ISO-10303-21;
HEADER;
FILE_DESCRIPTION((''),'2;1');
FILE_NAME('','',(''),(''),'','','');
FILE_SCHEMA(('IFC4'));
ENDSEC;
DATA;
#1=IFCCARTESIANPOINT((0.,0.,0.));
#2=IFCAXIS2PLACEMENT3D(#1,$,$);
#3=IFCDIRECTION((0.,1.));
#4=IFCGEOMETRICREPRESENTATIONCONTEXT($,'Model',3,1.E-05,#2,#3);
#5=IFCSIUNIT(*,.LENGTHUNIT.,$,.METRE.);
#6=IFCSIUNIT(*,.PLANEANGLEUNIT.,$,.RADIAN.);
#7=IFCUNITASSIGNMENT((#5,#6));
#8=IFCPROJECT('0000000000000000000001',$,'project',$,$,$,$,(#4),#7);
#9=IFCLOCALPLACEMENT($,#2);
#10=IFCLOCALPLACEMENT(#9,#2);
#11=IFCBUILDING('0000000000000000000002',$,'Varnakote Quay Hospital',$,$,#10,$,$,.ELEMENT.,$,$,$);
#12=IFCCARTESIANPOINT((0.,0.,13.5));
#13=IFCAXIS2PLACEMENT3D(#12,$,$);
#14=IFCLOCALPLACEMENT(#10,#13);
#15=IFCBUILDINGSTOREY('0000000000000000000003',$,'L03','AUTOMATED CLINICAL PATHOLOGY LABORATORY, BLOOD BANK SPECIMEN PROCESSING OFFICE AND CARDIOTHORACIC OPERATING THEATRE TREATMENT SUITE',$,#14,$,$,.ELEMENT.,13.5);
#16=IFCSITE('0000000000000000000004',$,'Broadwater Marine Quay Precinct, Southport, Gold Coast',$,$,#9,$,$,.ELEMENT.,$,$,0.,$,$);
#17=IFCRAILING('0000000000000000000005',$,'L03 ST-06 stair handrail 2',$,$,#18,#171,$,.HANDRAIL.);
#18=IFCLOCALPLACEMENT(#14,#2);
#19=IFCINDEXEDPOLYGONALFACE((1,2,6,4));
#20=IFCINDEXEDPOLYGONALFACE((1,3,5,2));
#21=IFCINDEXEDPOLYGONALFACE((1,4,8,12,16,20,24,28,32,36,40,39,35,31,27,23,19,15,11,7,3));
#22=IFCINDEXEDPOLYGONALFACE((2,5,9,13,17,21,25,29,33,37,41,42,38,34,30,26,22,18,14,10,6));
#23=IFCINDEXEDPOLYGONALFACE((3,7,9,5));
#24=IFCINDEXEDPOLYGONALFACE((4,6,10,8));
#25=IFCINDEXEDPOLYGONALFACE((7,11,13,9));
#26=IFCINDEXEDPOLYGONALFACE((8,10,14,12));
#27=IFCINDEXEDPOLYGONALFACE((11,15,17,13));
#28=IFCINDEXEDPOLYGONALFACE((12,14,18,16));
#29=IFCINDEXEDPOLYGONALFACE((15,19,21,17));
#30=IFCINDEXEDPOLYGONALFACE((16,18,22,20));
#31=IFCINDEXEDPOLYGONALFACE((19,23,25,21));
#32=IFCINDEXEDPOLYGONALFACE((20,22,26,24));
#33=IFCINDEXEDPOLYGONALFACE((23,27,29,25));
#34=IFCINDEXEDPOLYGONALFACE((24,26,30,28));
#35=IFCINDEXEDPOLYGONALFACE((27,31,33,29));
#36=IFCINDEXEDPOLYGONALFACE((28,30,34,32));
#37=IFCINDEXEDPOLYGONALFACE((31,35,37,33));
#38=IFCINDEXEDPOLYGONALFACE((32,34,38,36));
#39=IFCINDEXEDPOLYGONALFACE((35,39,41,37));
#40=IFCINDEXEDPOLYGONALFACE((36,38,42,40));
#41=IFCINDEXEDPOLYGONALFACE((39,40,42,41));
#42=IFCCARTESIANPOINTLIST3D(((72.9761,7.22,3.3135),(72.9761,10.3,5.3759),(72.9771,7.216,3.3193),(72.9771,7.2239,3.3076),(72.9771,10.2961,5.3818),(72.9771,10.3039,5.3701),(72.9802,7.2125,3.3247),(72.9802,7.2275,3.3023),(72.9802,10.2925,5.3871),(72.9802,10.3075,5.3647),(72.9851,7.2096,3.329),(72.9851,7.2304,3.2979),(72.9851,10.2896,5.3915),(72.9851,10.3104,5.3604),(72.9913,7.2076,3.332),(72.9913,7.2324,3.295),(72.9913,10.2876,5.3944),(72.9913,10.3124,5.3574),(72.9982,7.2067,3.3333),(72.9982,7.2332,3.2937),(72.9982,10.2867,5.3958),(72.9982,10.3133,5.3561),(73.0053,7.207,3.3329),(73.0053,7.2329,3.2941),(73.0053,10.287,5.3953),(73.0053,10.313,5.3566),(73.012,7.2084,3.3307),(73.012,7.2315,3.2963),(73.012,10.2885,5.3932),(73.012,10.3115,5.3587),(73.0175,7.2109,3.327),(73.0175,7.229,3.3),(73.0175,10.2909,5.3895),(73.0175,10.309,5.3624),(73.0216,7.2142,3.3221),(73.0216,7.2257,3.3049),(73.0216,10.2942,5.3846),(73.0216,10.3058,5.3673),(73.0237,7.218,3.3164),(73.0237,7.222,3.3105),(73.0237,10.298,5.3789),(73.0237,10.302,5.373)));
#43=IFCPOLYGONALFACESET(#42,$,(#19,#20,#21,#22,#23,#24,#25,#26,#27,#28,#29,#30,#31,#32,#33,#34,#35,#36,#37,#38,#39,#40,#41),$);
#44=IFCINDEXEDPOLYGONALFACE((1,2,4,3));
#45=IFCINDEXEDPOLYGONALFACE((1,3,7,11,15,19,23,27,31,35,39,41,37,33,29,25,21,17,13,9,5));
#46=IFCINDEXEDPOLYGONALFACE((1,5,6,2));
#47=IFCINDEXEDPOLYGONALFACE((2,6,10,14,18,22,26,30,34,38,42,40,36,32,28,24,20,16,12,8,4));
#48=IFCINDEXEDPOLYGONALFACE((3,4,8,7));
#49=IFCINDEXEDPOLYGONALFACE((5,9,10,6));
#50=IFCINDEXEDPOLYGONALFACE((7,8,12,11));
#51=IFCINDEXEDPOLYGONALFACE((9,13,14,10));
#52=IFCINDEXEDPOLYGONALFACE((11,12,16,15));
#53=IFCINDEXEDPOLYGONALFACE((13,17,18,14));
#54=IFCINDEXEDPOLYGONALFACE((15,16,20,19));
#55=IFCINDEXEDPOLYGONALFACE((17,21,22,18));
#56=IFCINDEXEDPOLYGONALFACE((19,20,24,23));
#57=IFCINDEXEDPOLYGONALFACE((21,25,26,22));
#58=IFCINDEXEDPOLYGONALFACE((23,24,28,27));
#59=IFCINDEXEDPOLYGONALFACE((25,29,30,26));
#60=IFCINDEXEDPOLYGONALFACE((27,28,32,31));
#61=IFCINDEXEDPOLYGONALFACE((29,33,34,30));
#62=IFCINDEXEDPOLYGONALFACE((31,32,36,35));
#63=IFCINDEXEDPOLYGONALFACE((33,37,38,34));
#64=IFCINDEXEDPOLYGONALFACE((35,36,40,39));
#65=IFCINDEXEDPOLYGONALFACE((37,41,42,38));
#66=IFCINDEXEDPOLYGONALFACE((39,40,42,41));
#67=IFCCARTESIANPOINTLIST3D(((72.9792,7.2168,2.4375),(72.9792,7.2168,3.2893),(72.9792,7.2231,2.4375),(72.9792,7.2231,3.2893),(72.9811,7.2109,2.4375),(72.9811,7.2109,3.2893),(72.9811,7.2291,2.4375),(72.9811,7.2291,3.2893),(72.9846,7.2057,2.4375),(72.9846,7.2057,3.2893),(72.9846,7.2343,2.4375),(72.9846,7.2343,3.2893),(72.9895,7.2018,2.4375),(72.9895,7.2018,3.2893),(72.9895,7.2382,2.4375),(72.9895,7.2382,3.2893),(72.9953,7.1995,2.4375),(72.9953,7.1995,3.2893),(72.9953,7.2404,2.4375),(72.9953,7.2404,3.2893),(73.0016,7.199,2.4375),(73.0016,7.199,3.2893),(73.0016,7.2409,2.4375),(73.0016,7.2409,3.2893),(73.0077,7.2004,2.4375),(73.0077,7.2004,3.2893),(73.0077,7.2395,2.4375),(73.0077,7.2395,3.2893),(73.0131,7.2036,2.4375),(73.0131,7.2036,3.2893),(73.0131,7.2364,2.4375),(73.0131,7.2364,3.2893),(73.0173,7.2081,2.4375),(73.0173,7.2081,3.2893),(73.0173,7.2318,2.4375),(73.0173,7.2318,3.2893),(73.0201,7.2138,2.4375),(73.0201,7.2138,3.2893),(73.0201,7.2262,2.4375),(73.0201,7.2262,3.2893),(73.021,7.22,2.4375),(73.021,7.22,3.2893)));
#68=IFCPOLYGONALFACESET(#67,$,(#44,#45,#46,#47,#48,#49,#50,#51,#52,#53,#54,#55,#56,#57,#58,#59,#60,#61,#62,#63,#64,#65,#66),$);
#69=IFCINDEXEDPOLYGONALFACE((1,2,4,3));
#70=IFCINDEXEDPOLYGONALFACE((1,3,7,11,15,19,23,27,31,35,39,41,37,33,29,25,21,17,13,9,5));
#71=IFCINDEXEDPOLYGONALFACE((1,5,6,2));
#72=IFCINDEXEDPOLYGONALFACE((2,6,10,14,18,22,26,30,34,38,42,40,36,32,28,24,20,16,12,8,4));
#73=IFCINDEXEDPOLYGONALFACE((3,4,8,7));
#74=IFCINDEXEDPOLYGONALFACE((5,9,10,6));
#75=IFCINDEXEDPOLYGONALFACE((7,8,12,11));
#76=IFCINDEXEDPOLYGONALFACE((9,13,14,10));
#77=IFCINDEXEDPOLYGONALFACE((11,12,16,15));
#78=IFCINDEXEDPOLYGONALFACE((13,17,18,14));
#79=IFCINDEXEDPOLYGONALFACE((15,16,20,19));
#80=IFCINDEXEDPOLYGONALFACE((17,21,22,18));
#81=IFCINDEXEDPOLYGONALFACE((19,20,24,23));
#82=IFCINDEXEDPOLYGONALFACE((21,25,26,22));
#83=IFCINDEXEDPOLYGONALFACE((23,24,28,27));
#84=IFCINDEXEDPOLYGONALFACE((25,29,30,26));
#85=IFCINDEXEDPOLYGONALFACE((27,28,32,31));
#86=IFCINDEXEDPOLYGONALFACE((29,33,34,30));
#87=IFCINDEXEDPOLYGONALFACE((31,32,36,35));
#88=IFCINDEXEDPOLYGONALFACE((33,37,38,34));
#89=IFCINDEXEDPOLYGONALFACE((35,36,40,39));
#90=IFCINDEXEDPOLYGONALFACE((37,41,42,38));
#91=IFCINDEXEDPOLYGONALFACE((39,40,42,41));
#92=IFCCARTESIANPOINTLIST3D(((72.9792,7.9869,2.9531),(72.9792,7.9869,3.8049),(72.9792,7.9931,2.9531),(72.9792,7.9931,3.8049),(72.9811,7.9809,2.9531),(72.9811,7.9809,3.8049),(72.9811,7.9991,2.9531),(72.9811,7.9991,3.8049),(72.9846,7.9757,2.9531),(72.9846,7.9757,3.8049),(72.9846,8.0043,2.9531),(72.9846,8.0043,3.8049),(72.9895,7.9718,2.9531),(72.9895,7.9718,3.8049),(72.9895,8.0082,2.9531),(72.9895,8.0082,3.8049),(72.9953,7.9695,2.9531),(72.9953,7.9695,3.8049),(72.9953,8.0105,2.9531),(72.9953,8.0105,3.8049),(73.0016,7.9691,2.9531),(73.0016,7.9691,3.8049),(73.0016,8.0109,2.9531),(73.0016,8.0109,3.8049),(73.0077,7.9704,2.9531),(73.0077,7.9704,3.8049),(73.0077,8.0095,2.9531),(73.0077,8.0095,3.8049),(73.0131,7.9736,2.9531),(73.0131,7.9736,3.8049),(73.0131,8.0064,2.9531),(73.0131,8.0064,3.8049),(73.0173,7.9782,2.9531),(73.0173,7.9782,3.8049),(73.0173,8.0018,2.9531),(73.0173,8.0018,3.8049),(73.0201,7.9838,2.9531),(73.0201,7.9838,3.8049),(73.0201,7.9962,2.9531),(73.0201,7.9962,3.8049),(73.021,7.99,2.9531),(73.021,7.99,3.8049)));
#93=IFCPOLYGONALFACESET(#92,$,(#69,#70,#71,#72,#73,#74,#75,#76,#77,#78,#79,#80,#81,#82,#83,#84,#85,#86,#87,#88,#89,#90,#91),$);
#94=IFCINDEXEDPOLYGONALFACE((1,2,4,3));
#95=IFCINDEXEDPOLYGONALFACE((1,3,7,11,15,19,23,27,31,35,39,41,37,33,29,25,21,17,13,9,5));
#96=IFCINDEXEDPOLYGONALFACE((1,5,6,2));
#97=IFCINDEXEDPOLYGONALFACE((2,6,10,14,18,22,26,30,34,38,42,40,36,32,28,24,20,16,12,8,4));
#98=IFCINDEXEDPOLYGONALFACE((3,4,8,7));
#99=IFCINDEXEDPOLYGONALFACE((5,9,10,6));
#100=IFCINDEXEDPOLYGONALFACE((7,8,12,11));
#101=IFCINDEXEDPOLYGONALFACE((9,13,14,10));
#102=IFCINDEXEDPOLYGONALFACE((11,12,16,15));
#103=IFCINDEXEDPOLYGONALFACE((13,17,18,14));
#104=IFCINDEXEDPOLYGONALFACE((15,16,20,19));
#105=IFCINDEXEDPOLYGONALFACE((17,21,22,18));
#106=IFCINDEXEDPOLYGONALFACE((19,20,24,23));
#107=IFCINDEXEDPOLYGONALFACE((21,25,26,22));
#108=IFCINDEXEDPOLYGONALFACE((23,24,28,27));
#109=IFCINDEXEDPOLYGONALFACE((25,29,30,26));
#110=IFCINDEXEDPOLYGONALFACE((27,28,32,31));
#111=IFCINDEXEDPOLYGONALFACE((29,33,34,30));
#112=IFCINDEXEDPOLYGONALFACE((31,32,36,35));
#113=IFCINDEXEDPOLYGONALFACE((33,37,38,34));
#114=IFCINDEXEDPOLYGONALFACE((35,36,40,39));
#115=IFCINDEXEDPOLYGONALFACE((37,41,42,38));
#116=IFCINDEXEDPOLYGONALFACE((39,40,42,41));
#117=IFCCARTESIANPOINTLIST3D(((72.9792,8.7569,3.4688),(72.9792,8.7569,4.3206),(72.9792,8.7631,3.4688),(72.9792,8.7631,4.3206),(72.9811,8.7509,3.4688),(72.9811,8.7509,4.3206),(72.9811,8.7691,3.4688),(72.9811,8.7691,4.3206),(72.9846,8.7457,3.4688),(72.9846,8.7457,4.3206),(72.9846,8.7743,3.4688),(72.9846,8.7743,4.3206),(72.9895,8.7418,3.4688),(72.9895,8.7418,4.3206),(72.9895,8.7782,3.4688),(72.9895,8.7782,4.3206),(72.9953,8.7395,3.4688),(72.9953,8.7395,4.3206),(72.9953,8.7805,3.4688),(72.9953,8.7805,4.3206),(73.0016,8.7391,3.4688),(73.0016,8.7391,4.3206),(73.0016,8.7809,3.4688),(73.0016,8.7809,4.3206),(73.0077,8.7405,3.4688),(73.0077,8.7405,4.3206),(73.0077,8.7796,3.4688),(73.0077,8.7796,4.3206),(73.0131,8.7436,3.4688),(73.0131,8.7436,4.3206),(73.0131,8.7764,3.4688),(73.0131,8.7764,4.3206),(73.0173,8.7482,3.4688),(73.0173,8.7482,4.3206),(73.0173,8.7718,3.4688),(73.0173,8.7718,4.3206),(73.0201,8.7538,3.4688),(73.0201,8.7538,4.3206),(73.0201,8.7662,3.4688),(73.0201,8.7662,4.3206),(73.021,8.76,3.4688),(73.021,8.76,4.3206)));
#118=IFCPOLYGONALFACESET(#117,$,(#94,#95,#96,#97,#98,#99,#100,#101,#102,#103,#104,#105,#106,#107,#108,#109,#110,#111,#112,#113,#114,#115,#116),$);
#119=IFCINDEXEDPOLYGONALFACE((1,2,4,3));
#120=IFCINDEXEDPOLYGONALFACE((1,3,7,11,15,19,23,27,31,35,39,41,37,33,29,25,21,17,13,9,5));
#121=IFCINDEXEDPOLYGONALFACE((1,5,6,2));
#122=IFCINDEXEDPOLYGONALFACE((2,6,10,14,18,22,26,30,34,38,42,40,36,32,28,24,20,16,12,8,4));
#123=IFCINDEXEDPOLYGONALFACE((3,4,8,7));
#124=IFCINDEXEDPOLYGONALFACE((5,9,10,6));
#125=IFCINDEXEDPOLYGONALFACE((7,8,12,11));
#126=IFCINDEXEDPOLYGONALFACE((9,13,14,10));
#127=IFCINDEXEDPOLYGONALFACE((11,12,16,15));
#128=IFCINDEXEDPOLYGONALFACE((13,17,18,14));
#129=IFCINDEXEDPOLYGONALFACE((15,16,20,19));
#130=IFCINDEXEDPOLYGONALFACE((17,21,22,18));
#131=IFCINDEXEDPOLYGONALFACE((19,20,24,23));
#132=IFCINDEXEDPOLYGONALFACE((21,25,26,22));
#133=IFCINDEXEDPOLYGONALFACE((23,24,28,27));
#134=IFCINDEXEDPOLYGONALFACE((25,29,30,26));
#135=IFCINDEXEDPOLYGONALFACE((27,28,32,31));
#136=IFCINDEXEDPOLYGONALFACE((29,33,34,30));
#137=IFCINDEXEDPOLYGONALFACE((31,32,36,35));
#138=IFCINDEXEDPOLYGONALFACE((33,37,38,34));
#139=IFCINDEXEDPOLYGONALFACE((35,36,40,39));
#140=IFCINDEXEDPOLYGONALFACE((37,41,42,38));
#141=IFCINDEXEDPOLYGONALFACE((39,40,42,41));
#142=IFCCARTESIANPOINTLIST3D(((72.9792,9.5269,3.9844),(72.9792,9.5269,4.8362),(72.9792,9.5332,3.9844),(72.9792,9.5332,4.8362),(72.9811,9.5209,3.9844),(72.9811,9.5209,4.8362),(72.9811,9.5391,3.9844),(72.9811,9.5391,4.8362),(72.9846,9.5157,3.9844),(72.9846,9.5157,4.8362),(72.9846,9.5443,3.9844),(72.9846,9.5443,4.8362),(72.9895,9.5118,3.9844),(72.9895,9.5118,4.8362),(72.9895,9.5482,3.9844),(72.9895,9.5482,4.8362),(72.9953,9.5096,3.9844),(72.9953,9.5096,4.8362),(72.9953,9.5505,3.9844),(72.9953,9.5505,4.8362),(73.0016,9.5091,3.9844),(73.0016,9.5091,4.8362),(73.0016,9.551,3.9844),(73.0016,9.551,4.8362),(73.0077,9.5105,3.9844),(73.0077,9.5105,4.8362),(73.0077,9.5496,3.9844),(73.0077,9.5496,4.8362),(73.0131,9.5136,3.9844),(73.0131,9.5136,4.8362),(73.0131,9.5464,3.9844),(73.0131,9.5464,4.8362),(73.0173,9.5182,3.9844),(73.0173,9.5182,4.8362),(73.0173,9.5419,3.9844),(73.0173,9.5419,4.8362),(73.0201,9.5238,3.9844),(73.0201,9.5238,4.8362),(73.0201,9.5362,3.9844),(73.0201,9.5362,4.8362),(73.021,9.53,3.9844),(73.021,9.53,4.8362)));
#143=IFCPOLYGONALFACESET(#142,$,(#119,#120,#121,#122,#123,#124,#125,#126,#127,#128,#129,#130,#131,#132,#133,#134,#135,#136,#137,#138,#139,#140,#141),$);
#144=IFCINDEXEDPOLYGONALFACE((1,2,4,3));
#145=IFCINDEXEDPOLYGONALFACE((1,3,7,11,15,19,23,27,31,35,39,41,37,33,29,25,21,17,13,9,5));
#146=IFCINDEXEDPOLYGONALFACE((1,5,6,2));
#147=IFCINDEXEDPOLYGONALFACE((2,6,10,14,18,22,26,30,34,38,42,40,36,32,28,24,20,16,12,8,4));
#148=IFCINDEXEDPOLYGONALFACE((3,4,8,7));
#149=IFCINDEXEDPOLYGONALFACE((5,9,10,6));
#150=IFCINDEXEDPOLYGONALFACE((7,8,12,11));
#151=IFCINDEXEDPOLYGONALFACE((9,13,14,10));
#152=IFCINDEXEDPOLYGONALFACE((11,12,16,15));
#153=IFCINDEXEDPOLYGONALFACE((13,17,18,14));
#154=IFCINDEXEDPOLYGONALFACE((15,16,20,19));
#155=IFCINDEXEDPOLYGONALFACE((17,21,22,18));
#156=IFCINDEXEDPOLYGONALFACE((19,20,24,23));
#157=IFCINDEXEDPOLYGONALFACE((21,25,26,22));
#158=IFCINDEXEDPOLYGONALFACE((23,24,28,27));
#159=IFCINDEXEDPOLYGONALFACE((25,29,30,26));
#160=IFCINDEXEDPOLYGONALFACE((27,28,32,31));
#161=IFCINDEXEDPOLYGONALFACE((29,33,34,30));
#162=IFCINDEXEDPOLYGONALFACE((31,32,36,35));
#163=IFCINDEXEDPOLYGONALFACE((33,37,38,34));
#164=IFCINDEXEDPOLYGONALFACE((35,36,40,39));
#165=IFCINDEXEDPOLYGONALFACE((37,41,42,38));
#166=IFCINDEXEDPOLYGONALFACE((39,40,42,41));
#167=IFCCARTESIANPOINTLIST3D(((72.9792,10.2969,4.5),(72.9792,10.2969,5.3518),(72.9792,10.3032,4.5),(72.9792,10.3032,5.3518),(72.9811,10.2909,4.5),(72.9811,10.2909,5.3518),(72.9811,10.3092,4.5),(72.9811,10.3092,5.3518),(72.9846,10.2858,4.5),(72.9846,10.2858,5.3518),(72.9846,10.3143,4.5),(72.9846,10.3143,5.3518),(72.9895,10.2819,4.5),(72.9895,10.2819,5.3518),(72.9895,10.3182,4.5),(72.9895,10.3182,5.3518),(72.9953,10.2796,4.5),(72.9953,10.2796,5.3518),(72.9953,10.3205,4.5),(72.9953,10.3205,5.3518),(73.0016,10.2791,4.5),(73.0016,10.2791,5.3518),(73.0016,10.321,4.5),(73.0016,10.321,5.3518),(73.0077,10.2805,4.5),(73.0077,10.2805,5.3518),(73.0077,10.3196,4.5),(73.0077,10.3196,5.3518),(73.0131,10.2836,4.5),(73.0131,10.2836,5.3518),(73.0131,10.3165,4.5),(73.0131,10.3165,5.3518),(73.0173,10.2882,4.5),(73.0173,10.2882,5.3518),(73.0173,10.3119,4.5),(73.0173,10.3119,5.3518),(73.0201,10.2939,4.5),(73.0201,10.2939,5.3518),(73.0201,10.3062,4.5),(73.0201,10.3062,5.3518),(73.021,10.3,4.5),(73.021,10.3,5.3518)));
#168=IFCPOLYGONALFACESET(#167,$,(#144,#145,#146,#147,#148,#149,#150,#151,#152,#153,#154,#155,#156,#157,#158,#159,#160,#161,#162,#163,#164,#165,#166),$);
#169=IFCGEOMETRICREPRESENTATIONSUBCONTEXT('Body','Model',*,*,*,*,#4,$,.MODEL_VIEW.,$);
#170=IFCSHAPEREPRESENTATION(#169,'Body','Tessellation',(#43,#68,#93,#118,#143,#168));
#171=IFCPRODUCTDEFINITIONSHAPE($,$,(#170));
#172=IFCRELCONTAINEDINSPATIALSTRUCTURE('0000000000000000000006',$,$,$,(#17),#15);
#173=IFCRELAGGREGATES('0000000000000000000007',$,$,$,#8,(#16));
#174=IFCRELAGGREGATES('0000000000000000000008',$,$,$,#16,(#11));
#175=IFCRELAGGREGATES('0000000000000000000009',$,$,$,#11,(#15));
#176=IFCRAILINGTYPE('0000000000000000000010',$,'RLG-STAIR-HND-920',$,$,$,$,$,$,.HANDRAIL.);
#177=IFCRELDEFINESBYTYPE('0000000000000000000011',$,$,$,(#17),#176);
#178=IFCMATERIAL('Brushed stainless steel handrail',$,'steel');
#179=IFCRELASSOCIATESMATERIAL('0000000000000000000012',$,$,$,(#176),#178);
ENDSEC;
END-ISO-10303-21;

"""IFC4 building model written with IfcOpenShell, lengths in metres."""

from ifc_helpers import new_model, si_unit, direction, frame, origin, origin_2d, place, context, subcontext, project, spatial, circle, extrude, material, type_object, element, save


model = new_model("IFC4")

# Units and contexts
model_context = context("Model", 3, precision=1e-05, world=origin(), true_north=direction((0.0, 1.0)))
body_context = subcontext(model_context, "Body", "Model", "MODEL_VIEW")
ifc_project = project(units=[si_unit("LENGTHUNIT", "METRE"), si_unit("PLANEANGLEUNIT", "RADIAN")], contexts=[model_context])

# Site, building, storey
site_placement = place(None, origin())
site = spatial("IfcSite", under=ifc_project, at=site_placement, Name="Broadwater Marine Quay Precinct, Southport, Gold Coast", CompositionType="ELEMENT", RefElevation=0.0)
building_placement = place(site_placement, origin())
building = spatial("IfcBuilding", under=site, at=building_placement, Name="Varnakote Quay Hospital", CompositionType="ELEMENT")
storey_placement = place(building_placement, frame((0.0, 0.0, 13.5)))
storey = spatial("IfcBuildingStorey", under=building, at=storey_placement, Name="L03", Description="AUTOMATED CLINICAL PATHOLOGY LABORATORY, BLOOD BANK SPECIMEN PROCESSING OFFICE AND CARDIOTHORACIC OPERATING THEATRE TREATMENT SUITE", CompositionType="ELEMENT", Elevation=13.5)

# Railing
ifc_material_1 = material(Name="Brushed stainless steel handrail", Category="steel")
railing_type_1 = type_object("IfcRailingType", Name="RLG-STAIR-HND-920", PredefinedType="HANDRAIL", material=ifc_material_1)
railing_1_placement = place(storey_placement, frame((73.0, 7.22, 2.4375)))
element("IfcRailing", 1, at=railing_1_placement, inside=storey, type_object=railing_type_1, Name="L03 ST-06 stair handrail 2", PredefinedType="HANDRAIL", context=body_context, shape_type="SweptSolid", body=[
    extrude(circle(Radius=0.0239, at=origin_2d()), frame((0.0, 0.0, 0.876), z_axis=(0.0, 0.830914, 0.556401), x_axis=(-1.0, 0.0, 0.0)), (0.0, 0.0, 1.0), 3.7068),
    extrude(circle(Radius=0.021, at=origin_2d()), origin(), (0.0, 0.0, 1.0), 0.8518),
    extrude(circle(Radius=0.021, at=origin_2d()), frame((0.0, 0.77, 0.5156)), (0.0, 0.0, 1.0), 0.8518),
    extrude(circle(Radius=0.021, at=origin_2d()), frame((0.0, 1.54, 1.0312)), (0.0, 0.0, 1.0), 0.8518),
    extrude(circle(Radius=0.021, at=origin_2d()), frame((0.0, 2.3101, 1.5469)), (0.0, 0.0, 1.0), 0.8518),
    extrude(circle(Radius=0.021, at=origin_2d()), frame((0.0, 3.0801, 2.0625)), (0.0, 0.0, 1.0), 0.8518),
])

save(model, "model.ifc")
